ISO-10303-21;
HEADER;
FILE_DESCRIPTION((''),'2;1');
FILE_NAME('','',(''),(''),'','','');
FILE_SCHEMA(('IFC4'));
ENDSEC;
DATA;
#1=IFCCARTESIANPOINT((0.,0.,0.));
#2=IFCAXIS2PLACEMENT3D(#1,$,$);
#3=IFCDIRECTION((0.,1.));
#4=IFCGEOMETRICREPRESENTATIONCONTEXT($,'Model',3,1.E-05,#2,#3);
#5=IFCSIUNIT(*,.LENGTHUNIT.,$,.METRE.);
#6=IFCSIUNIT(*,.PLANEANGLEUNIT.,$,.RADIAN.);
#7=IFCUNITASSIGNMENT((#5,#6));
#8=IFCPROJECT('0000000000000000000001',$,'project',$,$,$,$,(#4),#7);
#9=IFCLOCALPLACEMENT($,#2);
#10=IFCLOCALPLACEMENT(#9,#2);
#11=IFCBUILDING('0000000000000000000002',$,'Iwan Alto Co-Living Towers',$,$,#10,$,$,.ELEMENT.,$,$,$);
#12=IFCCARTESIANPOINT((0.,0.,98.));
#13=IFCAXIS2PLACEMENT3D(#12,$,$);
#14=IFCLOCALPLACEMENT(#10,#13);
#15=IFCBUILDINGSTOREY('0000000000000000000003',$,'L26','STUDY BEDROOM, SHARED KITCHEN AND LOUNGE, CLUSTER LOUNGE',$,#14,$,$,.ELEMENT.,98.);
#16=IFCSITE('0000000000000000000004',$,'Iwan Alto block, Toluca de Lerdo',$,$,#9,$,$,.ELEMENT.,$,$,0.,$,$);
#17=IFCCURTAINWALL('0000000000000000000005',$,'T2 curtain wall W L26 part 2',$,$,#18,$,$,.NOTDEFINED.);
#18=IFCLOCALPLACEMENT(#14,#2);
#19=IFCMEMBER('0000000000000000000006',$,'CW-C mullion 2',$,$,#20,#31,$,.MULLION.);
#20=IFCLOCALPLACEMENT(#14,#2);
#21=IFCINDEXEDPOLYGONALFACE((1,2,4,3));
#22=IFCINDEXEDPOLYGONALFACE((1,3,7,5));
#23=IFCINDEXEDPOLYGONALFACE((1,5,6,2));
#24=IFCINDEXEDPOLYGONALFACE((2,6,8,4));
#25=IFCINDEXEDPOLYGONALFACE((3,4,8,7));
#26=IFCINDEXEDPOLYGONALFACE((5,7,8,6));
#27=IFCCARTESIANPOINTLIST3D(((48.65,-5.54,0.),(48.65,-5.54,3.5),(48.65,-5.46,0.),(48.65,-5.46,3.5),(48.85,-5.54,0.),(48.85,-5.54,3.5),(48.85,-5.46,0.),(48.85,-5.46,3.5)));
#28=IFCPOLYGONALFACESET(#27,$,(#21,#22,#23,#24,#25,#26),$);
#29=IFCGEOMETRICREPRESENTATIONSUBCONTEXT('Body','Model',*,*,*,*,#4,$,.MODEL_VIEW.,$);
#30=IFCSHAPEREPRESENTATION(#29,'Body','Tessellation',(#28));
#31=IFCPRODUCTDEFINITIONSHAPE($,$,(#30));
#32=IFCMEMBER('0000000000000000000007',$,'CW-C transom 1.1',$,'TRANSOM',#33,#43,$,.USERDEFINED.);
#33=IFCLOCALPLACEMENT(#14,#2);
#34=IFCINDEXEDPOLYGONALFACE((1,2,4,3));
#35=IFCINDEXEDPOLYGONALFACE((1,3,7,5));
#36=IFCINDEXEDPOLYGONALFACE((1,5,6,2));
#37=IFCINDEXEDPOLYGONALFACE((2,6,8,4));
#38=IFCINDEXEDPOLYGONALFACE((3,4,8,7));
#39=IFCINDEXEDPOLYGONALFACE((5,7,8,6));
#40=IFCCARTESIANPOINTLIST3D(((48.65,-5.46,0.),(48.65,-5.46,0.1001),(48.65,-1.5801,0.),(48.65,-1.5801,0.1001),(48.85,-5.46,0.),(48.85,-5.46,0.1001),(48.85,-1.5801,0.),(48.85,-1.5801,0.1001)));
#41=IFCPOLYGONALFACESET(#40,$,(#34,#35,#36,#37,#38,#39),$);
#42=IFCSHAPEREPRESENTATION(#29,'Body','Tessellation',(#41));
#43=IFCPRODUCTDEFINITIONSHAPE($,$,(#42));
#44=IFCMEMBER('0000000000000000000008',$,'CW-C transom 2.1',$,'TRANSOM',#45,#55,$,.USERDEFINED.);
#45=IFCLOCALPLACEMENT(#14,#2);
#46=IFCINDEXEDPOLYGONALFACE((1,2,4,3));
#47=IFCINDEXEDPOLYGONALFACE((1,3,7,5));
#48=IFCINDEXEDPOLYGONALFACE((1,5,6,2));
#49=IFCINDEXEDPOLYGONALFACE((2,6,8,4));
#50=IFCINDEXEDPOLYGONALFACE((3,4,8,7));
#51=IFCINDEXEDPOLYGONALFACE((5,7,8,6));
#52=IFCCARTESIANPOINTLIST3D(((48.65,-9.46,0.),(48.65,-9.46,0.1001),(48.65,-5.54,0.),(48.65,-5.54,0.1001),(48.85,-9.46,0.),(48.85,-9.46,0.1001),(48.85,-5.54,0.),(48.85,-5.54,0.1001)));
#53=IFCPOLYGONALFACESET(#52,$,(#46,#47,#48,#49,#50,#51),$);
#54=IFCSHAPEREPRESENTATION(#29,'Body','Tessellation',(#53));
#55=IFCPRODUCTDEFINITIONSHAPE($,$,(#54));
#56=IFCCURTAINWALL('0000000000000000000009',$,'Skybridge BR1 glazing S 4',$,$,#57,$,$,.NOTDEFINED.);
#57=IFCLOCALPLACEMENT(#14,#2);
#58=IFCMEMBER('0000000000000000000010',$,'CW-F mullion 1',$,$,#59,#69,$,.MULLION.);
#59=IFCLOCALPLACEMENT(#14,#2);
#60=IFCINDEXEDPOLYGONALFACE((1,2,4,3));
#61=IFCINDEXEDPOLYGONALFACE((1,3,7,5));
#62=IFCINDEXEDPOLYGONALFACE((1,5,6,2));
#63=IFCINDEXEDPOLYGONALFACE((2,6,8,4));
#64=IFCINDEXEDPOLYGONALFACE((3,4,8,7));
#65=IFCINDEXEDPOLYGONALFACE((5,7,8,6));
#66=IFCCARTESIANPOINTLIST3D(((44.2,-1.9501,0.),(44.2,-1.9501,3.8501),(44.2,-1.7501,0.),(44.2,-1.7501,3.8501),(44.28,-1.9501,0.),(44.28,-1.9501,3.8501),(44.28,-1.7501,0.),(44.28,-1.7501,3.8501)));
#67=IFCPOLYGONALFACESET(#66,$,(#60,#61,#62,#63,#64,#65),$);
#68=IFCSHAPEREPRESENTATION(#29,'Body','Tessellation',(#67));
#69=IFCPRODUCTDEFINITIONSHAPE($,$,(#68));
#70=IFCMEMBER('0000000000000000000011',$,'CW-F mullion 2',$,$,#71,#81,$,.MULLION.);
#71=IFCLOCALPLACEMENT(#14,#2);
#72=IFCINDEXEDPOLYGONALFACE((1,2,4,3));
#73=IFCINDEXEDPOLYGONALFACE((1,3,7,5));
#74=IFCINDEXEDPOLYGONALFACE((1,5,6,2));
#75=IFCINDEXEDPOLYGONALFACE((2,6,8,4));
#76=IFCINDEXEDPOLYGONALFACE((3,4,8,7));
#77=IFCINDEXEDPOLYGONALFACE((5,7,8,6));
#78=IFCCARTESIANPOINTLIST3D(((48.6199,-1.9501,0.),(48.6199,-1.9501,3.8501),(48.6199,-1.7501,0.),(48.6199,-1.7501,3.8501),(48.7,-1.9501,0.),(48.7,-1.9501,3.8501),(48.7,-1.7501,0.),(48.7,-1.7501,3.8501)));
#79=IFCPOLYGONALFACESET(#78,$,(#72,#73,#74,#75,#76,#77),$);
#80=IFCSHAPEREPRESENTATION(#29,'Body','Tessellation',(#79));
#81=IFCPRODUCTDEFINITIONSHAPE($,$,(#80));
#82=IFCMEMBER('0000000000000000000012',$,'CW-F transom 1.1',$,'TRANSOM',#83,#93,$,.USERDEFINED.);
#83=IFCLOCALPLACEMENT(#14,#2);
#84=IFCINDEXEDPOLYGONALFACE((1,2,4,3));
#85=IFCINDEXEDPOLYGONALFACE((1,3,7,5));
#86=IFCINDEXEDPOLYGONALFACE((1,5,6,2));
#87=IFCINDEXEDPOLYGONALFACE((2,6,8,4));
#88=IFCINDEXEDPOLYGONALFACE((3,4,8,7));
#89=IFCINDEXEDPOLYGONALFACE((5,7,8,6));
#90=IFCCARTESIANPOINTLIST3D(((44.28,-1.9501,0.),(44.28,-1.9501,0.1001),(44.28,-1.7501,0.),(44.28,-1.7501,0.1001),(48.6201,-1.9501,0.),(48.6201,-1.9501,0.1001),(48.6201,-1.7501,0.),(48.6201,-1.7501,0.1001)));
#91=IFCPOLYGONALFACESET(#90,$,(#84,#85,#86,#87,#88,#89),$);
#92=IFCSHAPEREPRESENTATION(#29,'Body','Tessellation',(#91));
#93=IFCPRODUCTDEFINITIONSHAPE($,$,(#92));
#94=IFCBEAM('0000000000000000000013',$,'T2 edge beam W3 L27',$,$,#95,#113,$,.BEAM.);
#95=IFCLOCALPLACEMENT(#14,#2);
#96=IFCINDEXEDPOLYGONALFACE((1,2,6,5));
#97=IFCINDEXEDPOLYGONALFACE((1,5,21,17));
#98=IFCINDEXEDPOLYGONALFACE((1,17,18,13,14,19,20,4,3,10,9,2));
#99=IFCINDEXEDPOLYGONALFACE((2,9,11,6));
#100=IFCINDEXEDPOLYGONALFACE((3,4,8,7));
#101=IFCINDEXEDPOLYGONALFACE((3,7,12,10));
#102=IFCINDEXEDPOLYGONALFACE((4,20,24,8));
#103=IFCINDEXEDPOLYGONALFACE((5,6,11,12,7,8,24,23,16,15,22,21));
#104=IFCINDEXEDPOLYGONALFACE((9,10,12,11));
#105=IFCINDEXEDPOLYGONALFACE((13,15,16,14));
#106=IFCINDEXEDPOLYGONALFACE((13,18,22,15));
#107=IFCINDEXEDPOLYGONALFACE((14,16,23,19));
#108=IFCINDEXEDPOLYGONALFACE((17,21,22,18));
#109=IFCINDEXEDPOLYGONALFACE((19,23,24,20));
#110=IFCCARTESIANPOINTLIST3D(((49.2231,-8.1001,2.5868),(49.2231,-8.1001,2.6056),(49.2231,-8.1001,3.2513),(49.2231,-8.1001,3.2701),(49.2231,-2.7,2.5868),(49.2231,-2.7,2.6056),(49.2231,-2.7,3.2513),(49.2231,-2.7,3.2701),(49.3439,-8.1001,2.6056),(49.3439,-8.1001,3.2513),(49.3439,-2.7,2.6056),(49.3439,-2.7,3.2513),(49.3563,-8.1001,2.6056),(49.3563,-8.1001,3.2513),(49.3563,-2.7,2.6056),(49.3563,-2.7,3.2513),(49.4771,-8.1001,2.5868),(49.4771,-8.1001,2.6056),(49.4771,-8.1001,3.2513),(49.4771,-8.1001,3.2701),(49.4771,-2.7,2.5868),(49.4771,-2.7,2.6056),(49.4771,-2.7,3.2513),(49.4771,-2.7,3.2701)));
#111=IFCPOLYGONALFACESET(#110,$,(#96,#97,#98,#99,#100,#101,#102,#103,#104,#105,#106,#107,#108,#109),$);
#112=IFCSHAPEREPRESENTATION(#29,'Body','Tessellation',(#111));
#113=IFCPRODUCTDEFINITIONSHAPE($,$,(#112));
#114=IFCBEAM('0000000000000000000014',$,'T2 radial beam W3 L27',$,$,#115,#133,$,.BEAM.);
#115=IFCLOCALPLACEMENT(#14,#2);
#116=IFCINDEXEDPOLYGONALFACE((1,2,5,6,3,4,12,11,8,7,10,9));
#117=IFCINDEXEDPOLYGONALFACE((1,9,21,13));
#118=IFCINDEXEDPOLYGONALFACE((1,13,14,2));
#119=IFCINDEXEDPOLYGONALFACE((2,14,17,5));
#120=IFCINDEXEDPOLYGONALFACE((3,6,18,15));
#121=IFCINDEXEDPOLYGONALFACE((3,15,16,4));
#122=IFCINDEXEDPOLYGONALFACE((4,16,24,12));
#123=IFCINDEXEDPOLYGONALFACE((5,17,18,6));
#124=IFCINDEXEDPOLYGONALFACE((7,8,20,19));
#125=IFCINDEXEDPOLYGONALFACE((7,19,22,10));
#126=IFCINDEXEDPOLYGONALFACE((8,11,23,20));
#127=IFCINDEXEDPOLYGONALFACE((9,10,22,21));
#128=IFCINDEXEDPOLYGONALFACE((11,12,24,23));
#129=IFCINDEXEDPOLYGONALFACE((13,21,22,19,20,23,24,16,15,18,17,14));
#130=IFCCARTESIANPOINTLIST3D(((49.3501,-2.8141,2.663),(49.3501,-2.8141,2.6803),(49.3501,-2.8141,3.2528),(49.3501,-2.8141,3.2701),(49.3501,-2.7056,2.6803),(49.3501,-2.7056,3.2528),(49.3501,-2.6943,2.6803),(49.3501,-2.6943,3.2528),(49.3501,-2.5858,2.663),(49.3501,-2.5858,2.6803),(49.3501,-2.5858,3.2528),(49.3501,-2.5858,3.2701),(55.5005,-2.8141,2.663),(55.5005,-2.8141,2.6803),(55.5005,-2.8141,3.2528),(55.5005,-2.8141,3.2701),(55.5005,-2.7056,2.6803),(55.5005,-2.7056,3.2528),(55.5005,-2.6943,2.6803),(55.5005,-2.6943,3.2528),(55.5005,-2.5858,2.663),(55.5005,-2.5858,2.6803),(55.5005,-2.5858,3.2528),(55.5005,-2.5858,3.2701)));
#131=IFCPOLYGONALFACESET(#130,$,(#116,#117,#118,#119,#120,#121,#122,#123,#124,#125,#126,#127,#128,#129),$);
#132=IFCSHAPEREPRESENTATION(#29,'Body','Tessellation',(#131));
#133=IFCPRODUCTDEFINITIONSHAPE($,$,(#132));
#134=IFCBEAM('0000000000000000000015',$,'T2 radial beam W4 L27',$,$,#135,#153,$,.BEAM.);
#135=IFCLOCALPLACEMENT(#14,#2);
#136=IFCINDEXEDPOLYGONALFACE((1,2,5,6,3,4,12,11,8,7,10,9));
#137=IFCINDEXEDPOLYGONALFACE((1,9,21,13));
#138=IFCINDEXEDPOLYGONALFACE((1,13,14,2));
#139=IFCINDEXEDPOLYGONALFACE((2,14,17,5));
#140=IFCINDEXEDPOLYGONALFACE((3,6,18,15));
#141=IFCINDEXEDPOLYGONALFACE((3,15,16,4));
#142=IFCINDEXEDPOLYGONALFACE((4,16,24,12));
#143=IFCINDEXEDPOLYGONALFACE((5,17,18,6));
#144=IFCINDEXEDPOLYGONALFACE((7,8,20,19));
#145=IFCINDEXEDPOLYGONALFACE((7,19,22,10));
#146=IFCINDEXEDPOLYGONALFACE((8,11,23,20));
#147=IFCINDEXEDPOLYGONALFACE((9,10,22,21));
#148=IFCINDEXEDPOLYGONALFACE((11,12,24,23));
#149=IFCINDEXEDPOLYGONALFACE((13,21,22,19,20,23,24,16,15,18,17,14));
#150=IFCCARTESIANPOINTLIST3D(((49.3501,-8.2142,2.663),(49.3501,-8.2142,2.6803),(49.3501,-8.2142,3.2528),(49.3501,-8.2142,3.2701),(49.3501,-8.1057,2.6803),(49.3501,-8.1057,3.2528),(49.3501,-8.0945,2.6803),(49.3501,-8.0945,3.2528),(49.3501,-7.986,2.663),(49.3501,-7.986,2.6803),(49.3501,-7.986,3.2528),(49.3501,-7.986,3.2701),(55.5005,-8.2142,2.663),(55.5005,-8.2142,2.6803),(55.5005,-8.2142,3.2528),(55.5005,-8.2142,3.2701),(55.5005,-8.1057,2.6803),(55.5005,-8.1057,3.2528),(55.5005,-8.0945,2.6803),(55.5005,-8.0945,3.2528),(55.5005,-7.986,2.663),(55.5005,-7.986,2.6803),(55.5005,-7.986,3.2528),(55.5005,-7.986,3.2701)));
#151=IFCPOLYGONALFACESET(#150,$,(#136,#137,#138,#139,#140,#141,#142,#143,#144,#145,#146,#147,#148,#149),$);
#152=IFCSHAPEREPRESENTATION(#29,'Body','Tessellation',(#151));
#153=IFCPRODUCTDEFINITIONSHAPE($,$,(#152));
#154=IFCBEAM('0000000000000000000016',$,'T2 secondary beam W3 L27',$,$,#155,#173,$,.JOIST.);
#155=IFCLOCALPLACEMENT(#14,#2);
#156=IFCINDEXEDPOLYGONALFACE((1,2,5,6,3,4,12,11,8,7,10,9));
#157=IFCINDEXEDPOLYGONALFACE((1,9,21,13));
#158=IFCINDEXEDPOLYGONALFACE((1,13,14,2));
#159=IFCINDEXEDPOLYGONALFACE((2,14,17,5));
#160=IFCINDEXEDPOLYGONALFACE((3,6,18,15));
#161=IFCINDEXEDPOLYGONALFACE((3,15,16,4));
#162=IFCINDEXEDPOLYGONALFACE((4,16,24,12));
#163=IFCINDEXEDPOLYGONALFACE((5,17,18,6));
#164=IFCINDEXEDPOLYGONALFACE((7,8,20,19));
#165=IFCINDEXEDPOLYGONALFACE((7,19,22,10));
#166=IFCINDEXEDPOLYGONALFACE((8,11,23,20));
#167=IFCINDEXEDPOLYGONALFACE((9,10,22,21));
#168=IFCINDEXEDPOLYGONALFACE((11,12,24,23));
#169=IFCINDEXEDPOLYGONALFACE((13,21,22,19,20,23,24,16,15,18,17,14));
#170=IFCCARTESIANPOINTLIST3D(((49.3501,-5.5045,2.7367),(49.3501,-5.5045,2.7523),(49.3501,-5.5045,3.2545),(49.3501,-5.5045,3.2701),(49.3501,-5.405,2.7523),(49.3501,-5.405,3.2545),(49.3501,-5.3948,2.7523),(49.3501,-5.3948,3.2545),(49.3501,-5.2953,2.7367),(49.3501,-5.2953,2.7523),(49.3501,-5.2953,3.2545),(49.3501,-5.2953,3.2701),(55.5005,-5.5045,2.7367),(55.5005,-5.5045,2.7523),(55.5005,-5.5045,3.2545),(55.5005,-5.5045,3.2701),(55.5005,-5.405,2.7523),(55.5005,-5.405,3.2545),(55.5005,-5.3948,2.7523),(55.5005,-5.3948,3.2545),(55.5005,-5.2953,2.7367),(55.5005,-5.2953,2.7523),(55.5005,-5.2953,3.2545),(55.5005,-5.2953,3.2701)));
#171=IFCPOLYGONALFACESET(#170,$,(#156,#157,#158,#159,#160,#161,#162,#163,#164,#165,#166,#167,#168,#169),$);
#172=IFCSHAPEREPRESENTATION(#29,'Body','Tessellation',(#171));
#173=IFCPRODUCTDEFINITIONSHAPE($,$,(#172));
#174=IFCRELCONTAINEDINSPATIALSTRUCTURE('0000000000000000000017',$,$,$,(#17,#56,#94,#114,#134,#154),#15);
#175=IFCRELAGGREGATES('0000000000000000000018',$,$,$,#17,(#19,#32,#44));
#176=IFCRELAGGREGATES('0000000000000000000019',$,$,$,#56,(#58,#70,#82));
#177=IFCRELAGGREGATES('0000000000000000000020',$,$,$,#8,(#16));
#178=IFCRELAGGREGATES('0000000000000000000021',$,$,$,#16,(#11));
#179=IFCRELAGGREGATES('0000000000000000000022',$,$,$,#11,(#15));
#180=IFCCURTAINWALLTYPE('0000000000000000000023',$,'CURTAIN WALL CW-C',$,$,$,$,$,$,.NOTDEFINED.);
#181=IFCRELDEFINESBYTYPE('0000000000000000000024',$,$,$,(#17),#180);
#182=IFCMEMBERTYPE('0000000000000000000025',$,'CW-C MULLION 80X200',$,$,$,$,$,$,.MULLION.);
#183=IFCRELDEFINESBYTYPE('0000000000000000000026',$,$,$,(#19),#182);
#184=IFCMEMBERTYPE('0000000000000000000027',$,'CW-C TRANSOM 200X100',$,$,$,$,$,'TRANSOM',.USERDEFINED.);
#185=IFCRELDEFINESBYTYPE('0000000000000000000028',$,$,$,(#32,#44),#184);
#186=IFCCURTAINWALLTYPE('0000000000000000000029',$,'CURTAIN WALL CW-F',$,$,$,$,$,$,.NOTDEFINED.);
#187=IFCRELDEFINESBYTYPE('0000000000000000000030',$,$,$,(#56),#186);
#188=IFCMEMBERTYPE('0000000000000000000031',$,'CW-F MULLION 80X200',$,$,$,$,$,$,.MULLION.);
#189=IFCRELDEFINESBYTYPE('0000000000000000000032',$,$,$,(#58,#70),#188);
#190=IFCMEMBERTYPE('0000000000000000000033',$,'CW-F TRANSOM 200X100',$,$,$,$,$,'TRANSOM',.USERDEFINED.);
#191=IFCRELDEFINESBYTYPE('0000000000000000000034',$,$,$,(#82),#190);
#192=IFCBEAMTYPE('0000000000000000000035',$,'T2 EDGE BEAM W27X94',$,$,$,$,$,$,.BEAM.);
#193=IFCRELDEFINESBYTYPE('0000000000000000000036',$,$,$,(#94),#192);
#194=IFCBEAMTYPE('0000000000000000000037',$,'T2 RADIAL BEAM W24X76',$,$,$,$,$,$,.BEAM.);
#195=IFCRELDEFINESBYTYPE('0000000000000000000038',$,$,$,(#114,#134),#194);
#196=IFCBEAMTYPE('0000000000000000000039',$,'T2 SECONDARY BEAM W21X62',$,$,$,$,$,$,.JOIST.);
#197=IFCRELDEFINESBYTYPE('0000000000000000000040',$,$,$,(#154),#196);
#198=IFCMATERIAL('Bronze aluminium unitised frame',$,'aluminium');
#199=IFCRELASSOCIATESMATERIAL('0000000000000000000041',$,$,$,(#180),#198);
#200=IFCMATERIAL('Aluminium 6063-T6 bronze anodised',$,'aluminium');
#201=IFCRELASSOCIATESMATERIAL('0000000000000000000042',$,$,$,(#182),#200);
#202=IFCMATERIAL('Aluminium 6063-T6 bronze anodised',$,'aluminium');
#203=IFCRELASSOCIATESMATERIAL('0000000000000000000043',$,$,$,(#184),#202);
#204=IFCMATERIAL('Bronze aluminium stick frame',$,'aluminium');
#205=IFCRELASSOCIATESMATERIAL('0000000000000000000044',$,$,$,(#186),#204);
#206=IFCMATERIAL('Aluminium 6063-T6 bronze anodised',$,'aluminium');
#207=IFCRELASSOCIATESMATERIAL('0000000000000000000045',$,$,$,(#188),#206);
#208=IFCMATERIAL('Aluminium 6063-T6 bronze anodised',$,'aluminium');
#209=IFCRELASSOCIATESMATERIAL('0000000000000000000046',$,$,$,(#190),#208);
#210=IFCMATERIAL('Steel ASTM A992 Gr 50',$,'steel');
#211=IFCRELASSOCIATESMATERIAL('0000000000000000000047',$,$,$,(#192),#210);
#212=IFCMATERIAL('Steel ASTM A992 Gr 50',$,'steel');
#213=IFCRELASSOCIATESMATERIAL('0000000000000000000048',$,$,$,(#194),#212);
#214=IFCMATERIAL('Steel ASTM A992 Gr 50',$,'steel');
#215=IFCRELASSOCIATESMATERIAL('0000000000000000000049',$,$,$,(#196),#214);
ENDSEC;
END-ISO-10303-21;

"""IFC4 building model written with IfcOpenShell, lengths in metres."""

from ifc_helpers import new_model, si_unit, direction, frame, origin, origin_2d, place, context, subcontext, project, spatial, rectangle, i_section, extrude, material, material_profile, profile_set, type_object, element, aggregate, save


model = new_model("IFC4")

# Units and contexts
model_context = context("Model", 3, precision=1e-05, world=origin(), true_north=direction((0.0, 1.0)))
body_context = subcontext(model_context, "Body", "Model", "MODEL_VIEW")
ifc_project = project(units=[si_unit("LENGTHUNIT", "METRE"), si_unit("PLANEANGLEUNIT", "RADIAN")], contexts=[model_context])

# Site, building, storey
site_placement = place(None, origin())
site = spatial("IfcSite", under=ifc_project, at=site_placement, Name="Iwan Alto block, Toluca de Lerdo", CompositionType="ELEMENT", RefElevation=0.0)
building_placement = place(site_placement, origin())
building = spatial("IfcBuilding", under=site, at=building_placement, Name="Iwan Alto Co-Living Towers", CompositionType="ELEMENT")
storey_placement = place(building_placement, frame((0.0, 0.0, 98.0)))
storey = spatial("IfcBuildingStorey", under=building, at=storey_placement, Name="L26", Description="STUDY BEDROOM, SHARED KITCHEN AND LOUNGE, CLUSTER LOUNGE", CompositionType="ELEMENT", Elevation=98.0)

# Curtain walls, members
ifc_material_1 = material(Name="Bronze aluminium unitised frame", Category="aluminium")
curtain_wall_type_1 = type_object("IfcCurtainWallType", Name="CURTAIN WALL CW-C", PredefinedType="NOTDEFINED", material=ifc_material_1)
curtain_wall_1_placement = place(storey_placement, origin())
curtain_wall_1 = element("IfcCurtainWall", 1, at=curtain_wall_1_placement, inside=storey, type_object=curtain_wall_type_1, Name="T2 curtain wall W L26 part 2", PredefinedType="NOTDEFINED")
ifc_material_2 = material(Name="Aluminium 6063-T6 bronze anodised", Category="aluminium")
ifc_material_profile_1 = material_profile(ifc_material_2, rectangle(XDim=0.2, YDim=0.0801, at=origin_2d()), Name="AL 80X200")
ifc_profile_set_1 = profile_set([ifc_material_profile_1], Name="Aluminium 6063-T6 bronze anodised")
member_type_1 = type_object("IfcMemberType", Name="CW-C MULLION 80X200", PredefinedType="MULLION", material=ifc_profile_set_1)
member_1_placement = place(storey_placement, frame((48.75, -5.5, 0.0), z_axis=(0.0, 0.0, 1.0), x_axis=(1.0, 0.0, 0.0)))
member_1 = element("IfcMember", 2, at=member_1_placement, type_object=member_type_1, Name="CW-C mullion 2", PredefinedType="MULLION", context=body_context, shape_type="SweptSolid", body=[
    extrude(rectangle(XDim=0.2, YDim=0.0801, at=origin_2d()), origin(), (0.0, 0.0, 1.0), 3.5),
])
ifc_material_3 = material(Name="Aluminium 6063-T6 bronze anodised", Category="aluminium")
ifc_material_profile_2 = material_profile(ifc_material_3, rectangle(XDim=0.2, YDim=0.1001, at=origin_2d()), Name="AL 200X100")
ifc_profile_set_2 = profile_set([ifc_material_profile_2], Name="Aluminium 6063-T6 bronze anodised")
member_type_2 = type_object("IfcMemberType", Name="CW-C TRANSOM 200X100", ElementType="TRANSOM", PredefinedType="USERDEFINED", material=ifc_profile_set_2)
member_2_placement = place(storey_placement, frame((48.75, -1.5801, 0.05), z_axis=(0.0, -1.0, 0.0), x_axis=(1.0, 0.0, 0.0)))
member_2 = element("IfcMember", 3, at=member_2_placement, type_object=member_type_2, Name="CW-C transom 1.1", ObjectType="TRANSOM", PredefinedType="USERDEFINED", context=body_context, shape_type="SweptSolid", body=[
    extrude(rectangle(XDim=0.2, YDim=0.1001, at=origin_2d()), origin(), (0.0, 0.0, 1.0), 3.8799),
])
member_3_placement = place(storey_placement, frame((48.75, -5.54, 0.05), z_axis=(0.0, -1.0, 0.0), x_axis=(1.0, 0.0, 0.0)))
member_3 = element("IfcMember", 4, at=member_3_placement, type_object=member_type_2, Name="CW-C transom 2.1", ObjectType="TRANSOM", PredefinedType="USERDEFINED", context=body_context, shape_type="SweptSolid", body=[
    extrude(rectangle(XDim=0.2, YDim=0.1001, at=origin_2d()), origin(), (0.0, 0.0, 1.0), 3.9199),
])
ifc_material_4 = material(Name="Bronze aluminium stick frame", Category="aluminium")
curtain_wall_type_2 = type_object("IfcCurtainWallType", Name="CURTAIN WALL CW-F", PredefinedType="NOTDEFINED", material=ifc_material_4)
curtain_wall_2_placement = place(storey_placement, origin())
curtain_wall_2 = element("IfcCurtainWall", 5, at=curtain_wall_2_placement, inside=storey, type_object=curtain_wall_type_2, Name="Skybridge BR1 glazing S 4", PredefinedType="NOTDEFINED")
ifc_material_5 = material(Name="Aluminium 6063-T6 bronze anodised", Category="aluminium")
ifc_material_profile_3 = material_profile(ifc_material_5, rectangle(XDim=0.2, YDim=0.0801, at=origin_2d()), Name="AL 80X200")
ifc_profile_set_3 = profile_set([ifc_material_profile_3], Name="Aluminium 6063-T6 bronze anodised")
member_type_3 = type_object("IfcMemberType", Name="CW-F MULLION 80X200", PredefinedType="MULLION", material=ifc_profile_set_3)
member_4_placement = place(storey_placement, frame((44.24, -1.8501, 0.0), z_axis=(0.0, 0.0, 1.0), x_axis=(0.0, 1.0, 0.0)))
member_4 = element("IfcMember", 6, at=member_4_placement, type_object=member_type_3, Name="CW-F mullion 1", PredefinedType="MULLION", context=body_context, shape_type="SweptSolid", body=[
    extrude(rectangle(XDim=0.2, YDim=0.0801, at=origin_2d()), origin(), (0.0, 0.0, 1.0), 3.8501),
])
member_5_placement = place(storey_placement, frame((48.6599, -1.8501, 0.0), z_axis=(0.0, 0.0, 1.0), x_axis=(0.0, 1.0, 0.0)))
member_5 = element("IfcMember", 7, at=member_5_placement, type_object=member_type_3, Name="CW-F mullion 2", PredefinedType="MULLION", context=body_context, shape_type="SweptSolid", body=[
    extrude(rectangle(XDim=0.2, YDim=0.0801, at=origin_2d()), origin(), (0.0, 0.0, 1.0), 3.8501),
])
ifc_material_6 = material(Name="Aluminium 6063-T6 bronze anodised", Category="aluminium")
ifc_material_profile_4 = material_profile(ifc_material_6, rectangle(XDim=0.2, YDim=0.1001, at=origin_2d()), Name="AL 200X100")
ifc_profile_set_4 = profile_set([ifc_material_profile_4], Name="Aluminium 6063-T6 bronze anodised")
member_type_4 = type_object("IfcMemberType", Name="CW-F TRANSOM 200X100", ElementType="TRANSOM", PredefinedType="USERDEFINED", material=ifc_profile_set_4)
member_6_placement = place(storey_placement, frame((44.28, -1.8501, 0.05), z_axis=(1.0, 0.0, 0.0), x_axis=(0.0, 1.0, 0.0)))
member_6 = element("IfcMember", 8, at=member_6_placement, type_object=member_type_4, Name="CW-F transom 1.1", ObjectType="TRANSOM", PredefinedType="USERDEFINED", context=body_context, shape_type="SweptSolid", body=[
    extrude(rectangle(XDim=0.2, YDim=0.1001, at=origin_2d()), origin(), (0.0, 0.0, 1.0), 4.3401),
])

# Beams
ifc_material_7 = material(Name="Steel ASTM A992 Gr 50", Category="steel")
ifc_material_profile_5 = material_profile(ifc_material_7, i_section(OverallWidth=0.2539, OverallDepth=0.6833, WebThickness=0.0125, FlangeThickness=0.0188, at=origin_2d()), Name="W27X94")
ifc_profile_set_5 = profile_set([ifc_material_profile_5], Name="Steel ASTM A992 Gr 50")
beam_type_1 = type_object("IfcBeamType", Name="T2 EDGE BEAM W27X94", PredefinedType="BEAM", material=ifc_profile_set_5)
beam_1_placement = place(storey_placement, frame((49.3501, -2.7, 2.9285), z_axis=(0.0, -1.0, 0.0), x_axis=(1.0, 0.0, 0.0)))
element("IfcBeam", 9, at=beam_1_placement, inside=storey, type_object=beam_type_1, Name="T2 edge beam W3 L27", PredefinedType="BEAM", context=body_context, shape_type="SweptSolid", body=[
    extrude(i_section(OverallWidth=0.2539, OverallDepth=0.6833, WebThickness=0.0125, FlangeThickness=0.0188, at=origin_2d()), origin(), (0.0, 0.0, 1.0), 5.4001),
])
ifc_material_8 = material(Name="Steel ASTM A992 Gr 50", Category="steel")
ifc_material_profile_6 = material_profile(ifc_material_8, i_section(OverallWidth=0.2283, OverallDepth=0.6072, WebThickness=0.0112, FlangeThickness=0.0173, at=origin_2d()), Name="W24X76")
ifc_profile_set_6 = profile_set([ifc_material_profile_6], Name="Steel ASTM A992 Gr 50")
beam_type_2 = type_object("IfcBeamType", Name="T2 RADIAL BEAM W24X76", PredefinedType="BEAM", material=ifc_profile_set_6)
for number, where, z_axis, x_axis, name in (
    (10, (49.3501, -2.7, 2.9666), (1.0, 0.0, 0.0), (0.0, 1.0, 0.0), "T2 radial beam W3 L27"),
    (11, (49.3501, -8.1001, 2.9666), (1.0, 0.0, 0.0), (0.0, 1.0, 0.0), "T2 radial beam W4 L27"),
):
    element("IfcBeam", number, at=place(storey_placement, frame(where, z_axis=z_axis, x_axis=x_axis)), inside=storey, type_object=beam_type_2, Name=name, PredefinedType="BEAM", context=body_context, shape_type="SweptSolid", body=[
        extrude(i_section(OverallWidth=0.2283, OverallDepth=0.6072, WebThickness=0.0112, FlangeThickness=0.0173, at=origin_2d()), origin(), (0.0, 0.0, 1.0), 6.1504),
    ])
ifc_material_9 = material(Name="Steel ASTM A992 Gr 50", Category="steel")
ifc_material_profile_7 = material_profile(ifc_material_9, i_section(OverallWidth=0.2092, OverallDepth=0.5334, WebThickness=0.0103, FlangeThickness=0.0156, at=origin_2d()), Name="W21X62")
ifc_profile_set_7 = profile_set([ifc_material_profile_7], Name="Steel ASTM A992 Gr 50")
beam_type_3 = type_object("IfcBeamType", Name="T2 SECONDARY BEAM W21X62", PredefinedType="JOIST", material=ifc_profile_set_7)
beam_2_placement = place(storey_placement, frame((49.3501, -5.3999, 3.0034), z_axis=(1.0, 0.0, 0.0), x_axis=(0.0, 1.0, 0.0)))
element("IfcBeam", 12, at=beam_2_placement, inside=storey, type_object=beam_type_3, Name="T2 secondary beam W3 L27", PredefinedType="JOIST", context=body_context, shape_type="SweptSolid", body=[
    extrude(i_section(OverallWidth=0.2092, OverallDepth=0.5334, WebThickness=0.0103, FlangeThickness=0.0156, at=origin_2d()), origin(), (0.0, 0.0, 1.0), 6.1504),
])

aggregate(curtain_wall_1, [member_1, member_2, member_3])
aggregate(curtain_wall_2, [member_4, member_5, member_6])

save(model, "model.ifc")
